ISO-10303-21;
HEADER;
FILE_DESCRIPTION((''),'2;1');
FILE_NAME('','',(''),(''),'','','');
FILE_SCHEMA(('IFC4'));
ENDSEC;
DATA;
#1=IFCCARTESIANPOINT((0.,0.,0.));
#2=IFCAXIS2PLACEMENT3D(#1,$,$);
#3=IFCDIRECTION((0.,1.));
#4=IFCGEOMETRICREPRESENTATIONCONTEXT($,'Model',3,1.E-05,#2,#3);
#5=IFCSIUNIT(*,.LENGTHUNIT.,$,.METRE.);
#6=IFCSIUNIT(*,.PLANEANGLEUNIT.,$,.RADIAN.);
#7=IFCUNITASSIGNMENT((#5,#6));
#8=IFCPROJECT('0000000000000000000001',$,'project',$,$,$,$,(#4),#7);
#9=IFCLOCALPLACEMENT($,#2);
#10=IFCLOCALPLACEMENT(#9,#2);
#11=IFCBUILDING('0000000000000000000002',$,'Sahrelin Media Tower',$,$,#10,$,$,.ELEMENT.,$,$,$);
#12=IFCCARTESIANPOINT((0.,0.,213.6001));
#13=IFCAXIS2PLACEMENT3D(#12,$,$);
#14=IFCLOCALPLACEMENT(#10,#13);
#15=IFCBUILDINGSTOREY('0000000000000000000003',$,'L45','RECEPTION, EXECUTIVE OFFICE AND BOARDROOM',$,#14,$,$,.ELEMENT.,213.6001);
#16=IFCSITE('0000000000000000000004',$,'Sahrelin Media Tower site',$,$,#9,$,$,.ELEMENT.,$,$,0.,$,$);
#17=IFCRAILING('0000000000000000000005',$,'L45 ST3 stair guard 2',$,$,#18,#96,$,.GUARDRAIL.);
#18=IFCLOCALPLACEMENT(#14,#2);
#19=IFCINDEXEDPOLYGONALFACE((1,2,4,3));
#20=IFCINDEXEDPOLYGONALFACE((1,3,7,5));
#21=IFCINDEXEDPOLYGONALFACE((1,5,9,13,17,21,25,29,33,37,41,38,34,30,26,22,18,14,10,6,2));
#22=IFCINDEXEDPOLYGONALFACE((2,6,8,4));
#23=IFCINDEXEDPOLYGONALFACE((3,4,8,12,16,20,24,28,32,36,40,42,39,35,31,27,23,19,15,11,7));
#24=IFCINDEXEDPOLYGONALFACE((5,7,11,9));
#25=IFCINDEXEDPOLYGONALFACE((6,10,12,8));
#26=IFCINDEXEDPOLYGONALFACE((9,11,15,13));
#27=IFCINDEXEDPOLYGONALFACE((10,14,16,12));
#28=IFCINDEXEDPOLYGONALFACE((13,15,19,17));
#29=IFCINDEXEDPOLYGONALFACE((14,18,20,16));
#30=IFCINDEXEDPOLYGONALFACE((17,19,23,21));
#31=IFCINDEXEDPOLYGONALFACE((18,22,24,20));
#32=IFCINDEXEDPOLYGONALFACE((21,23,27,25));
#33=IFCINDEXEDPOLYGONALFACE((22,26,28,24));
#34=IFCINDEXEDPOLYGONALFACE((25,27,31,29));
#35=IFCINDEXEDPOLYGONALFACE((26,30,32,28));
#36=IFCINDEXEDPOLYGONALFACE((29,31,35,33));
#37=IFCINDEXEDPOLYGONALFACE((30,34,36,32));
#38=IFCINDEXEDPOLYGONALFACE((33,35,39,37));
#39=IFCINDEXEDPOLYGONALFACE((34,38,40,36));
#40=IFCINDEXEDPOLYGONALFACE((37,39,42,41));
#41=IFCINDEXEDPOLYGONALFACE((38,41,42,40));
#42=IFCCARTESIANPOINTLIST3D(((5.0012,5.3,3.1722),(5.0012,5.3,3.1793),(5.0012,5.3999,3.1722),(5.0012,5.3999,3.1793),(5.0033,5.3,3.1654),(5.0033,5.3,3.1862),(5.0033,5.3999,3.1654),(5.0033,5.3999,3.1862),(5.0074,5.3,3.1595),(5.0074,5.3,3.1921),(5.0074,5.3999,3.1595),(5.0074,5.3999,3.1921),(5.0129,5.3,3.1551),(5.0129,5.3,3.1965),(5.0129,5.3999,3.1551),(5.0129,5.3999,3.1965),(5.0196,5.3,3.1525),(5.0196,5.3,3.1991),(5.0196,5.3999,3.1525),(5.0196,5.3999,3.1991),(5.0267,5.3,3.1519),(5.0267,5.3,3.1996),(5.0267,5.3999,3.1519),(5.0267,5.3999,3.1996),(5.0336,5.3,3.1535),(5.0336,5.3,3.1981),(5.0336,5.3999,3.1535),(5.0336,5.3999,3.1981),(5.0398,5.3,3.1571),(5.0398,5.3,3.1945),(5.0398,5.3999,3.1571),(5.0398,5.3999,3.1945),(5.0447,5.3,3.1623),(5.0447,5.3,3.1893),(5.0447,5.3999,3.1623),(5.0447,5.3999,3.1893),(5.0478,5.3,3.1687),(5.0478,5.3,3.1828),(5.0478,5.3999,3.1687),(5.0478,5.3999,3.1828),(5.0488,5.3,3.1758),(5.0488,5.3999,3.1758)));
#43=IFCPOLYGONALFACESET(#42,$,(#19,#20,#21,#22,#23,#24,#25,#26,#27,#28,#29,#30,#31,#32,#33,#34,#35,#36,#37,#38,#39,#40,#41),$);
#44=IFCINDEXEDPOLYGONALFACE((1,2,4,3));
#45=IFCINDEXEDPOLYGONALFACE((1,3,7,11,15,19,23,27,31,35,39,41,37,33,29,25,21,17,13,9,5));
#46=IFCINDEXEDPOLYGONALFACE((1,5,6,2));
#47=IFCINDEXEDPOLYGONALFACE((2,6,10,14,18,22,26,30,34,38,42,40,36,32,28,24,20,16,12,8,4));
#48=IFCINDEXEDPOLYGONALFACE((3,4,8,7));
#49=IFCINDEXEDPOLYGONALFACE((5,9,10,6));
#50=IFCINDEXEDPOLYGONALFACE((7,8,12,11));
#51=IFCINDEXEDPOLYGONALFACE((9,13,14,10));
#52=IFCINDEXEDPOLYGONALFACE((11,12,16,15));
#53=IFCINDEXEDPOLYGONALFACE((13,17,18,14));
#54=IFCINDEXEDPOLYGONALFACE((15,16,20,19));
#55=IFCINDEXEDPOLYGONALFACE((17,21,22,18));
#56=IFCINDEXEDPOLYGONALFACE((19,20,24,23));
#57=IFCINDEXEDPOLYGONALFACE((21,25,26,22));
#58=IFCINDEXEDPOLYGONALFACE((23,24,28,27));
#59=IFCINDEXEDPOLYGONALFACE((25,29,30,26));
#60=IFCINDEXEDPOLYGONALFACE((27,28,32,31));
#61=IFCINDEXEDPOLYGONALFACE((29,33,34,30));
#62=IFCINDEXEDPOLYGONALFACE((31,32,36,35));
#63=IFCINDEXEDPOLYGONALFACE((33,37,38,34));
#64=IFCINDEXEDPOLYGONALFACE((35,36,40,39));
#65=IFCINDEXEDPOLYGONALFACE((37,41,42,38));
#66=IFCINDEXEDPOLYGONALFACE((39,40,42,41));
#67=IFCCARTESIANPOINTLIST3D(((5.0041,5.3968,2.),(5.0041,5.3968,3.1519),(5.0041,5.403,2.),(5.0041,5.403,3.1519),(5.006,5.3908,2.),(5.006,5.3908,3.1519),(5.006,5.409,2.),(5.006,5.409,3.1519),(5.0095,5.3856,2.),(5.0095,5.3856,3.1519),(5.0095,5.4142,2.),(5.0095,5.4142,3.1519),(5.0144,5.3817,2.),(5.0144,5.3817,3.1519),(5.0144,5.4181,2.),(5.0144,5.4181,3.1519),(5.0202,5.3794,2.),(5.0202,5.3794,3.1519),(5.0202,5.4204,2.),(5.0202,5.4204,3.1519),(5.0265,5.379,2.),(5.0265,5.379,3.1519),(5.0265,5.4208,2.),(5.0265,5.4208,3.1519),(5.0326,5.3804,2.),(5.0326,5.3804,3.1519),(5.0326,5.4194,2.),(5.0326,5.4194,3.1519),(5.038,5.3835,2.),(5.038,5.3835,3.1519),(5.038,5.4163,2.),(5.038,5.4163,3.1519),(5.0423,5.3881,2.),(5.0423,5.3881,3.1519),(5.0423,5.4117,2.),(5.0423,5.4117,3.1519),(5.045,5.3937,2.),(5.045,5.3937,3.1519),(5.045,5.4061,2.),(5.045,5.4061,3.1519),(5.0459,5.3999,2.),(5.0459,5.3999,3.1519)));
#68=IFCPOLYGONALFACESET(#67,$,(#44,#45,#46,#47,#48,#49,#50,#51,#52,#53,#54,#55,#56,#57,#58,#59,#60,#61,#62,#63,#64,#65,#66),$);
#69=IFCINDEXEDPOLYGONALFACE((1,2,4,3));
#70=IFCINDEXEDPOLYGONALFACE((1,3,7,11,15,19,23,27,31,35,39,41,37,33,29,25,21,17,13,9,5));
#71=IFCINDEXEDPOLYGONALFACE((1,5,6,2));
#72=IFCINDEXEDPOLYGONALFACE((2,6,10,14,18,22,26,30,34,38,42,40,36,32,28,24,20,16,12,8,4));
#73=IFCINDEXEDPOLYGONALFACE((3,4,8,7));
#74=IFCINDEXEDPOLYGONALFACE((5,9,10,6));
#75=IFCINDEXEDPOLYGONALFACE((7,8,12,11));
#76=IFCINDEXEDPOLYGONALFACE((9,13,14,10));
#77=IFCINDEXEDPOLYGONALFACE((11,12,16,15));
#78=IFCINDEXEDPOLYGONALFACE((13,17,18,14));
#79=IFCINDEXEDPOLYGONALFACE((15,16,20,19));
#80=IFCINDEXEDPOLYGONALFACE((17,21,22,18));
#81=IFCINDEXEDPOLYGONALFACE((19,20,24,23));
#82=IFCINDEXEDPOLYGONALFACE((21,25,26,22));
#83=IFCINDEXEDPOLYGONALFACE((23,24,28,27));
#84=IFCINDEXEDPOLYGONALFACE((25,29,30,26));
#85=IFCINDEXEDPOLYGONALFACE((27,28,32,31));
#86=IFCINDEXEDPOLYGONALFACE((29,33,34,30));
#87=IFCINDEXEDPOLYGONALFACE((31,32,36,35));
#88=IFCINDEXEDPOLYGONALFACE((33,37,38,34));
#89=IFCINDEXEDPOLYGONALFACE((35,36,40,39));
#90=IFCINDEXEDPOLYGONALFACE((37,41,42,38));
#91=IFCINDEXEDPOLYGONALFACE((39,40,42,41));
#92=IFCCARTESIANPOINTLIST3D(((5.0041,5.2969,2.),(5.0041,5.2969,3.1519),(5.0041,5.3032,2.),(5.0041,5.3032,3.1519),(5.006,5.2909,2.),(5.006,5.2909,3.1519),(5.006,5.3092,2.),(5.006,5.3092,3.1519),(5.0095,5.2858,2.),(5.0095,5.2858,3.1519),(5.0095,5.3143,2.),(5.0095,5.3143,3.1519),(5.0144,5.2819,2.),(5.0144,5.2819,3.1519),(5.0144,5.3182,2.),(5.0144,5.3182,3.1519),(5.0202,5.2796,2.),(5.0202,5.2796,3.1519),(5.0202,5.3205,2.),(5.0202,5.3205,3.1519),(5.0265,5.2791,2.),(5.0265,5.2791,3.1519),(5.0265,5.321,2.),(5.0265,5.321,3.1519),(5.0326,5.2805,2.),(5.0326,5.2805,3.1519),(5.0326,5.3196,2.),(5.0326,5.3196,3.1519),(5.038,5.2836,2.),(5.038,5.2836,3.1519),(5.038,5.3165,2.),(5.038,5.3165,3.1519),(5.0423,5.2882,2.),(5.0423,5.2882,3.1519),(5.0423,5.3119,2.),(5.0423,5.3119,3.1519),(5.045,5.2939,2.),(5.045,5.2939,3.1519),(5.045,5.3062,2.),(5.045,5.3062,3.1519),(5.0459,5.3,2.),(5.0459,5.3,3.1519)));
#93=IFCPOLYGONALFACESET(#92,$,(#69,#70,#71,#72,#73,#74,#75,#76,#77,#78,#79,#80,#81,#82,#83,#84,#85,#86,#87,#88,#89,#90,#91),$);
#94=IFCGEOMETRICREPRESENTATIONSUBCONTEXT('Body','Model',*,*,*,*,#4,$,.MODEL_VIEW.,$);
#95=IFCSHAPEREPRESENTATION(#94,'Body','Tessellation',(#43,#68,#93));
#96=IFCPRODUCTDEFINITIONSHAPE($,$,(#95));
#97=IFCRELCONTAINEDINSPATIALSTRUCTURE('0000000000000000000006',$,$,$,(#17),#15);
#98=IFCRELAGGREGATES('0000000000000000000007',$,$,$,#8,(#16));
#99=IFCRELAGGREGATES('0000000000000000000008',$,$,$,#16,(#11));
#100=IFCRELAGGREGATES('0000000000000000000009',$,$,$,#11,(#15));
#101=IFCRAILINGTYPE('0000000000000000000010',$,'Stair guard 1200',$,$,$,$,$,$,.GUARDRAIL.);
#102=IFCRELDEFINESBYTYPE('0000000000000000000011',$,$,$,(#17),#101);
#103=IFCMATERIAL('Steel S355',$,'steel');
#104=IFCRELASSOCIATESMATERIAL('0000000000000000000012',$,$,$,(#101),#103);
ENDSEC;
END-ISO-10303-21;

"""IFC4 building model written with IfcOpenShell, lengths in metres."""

from ifc_helpers import new_model, si_unit, direction, frame, origin, origin_2d, place, context, subcontext, project, spatial, circle, extrude, material, type_object, element, save


model = new_model("IFC4")

# Units and contexts
model_context = context("Model", 3, precision=1e-05, world=origin(), true_north=direction((0.0, 1.0)))
body_context = subcontext(model_context, "Body", "Model", "MODEL_VIEW")
ifc_project = project(units=[si_unit("LENGTHUNIT", "METRE"), si_unit("PLANEANGLEUNIT", "RADIAN")], contexts=[model_context])

# Site, building, storey
site_placement = place(None, origin())
site = spatial("IfcSite", under=ifc_project, at=site_placement, Name="Sahrelin Media Tower site", CompositionType="ELEMENT", RefElevation=0.0)
building_placement = place(site_placement, origin())
building = spatial("IfcBuilding", under=site, at=building_placement, Name="Sahrelin Media Tower", CompositionType="ELEMENT")
storey_placement = place(building_placement, frame((0.0, 0.0, 213.6001)))
storey = spatial("IfcBuildingStorey", under=building, at=storey_placement, Name="L45", Description="RECEPTION, EXECUTIVE OFFICE AND BOARDROOM", CompositionType="ELEMENT", Elevation=213.6001)

# Shared definitions
ifc_material_1 = material(Name="Steel S355", Category="steel")

# Railing
railing_type_1 = type_object("IfcRailingType", Name="Stair guard 1200", PredefinedType="GUARDRAIL", material=ifc_material_1)
railing_1_placement = place(storey_placement, frame((5.0249, 5.3999, 2.0)))
element("IfcRailing", 1, at=railing_1_placement, inside=storey, type_object=railing_type_1, Name="L45 ST3 stair guard 2", PredefinedType="GUARDRAIL", context=body_context, shape_type="SweptSolid", body=[
    extrude(circle(Radius=0.0239, at=origin_2d()), frame((0.0, 0.0, 1.1758), z_axis=(0.0, -1.0, 0.0), x_axis=(1.0, 0.0, 0.0)), (0.0, 0.0, 1.0), 0.0999),
    extrude(circle(Radius=0.021, at=origin_2d()), origin(), (0.0, 0.0, 1.0), 1.1519),
    extrude(circle(Radius=0.021, at=origin_2d()), frame((0.0, -0.0999, 0.0)), (0.0, 0.0, 1.0), 1.1519),
])

save(model, "model.ifc")
